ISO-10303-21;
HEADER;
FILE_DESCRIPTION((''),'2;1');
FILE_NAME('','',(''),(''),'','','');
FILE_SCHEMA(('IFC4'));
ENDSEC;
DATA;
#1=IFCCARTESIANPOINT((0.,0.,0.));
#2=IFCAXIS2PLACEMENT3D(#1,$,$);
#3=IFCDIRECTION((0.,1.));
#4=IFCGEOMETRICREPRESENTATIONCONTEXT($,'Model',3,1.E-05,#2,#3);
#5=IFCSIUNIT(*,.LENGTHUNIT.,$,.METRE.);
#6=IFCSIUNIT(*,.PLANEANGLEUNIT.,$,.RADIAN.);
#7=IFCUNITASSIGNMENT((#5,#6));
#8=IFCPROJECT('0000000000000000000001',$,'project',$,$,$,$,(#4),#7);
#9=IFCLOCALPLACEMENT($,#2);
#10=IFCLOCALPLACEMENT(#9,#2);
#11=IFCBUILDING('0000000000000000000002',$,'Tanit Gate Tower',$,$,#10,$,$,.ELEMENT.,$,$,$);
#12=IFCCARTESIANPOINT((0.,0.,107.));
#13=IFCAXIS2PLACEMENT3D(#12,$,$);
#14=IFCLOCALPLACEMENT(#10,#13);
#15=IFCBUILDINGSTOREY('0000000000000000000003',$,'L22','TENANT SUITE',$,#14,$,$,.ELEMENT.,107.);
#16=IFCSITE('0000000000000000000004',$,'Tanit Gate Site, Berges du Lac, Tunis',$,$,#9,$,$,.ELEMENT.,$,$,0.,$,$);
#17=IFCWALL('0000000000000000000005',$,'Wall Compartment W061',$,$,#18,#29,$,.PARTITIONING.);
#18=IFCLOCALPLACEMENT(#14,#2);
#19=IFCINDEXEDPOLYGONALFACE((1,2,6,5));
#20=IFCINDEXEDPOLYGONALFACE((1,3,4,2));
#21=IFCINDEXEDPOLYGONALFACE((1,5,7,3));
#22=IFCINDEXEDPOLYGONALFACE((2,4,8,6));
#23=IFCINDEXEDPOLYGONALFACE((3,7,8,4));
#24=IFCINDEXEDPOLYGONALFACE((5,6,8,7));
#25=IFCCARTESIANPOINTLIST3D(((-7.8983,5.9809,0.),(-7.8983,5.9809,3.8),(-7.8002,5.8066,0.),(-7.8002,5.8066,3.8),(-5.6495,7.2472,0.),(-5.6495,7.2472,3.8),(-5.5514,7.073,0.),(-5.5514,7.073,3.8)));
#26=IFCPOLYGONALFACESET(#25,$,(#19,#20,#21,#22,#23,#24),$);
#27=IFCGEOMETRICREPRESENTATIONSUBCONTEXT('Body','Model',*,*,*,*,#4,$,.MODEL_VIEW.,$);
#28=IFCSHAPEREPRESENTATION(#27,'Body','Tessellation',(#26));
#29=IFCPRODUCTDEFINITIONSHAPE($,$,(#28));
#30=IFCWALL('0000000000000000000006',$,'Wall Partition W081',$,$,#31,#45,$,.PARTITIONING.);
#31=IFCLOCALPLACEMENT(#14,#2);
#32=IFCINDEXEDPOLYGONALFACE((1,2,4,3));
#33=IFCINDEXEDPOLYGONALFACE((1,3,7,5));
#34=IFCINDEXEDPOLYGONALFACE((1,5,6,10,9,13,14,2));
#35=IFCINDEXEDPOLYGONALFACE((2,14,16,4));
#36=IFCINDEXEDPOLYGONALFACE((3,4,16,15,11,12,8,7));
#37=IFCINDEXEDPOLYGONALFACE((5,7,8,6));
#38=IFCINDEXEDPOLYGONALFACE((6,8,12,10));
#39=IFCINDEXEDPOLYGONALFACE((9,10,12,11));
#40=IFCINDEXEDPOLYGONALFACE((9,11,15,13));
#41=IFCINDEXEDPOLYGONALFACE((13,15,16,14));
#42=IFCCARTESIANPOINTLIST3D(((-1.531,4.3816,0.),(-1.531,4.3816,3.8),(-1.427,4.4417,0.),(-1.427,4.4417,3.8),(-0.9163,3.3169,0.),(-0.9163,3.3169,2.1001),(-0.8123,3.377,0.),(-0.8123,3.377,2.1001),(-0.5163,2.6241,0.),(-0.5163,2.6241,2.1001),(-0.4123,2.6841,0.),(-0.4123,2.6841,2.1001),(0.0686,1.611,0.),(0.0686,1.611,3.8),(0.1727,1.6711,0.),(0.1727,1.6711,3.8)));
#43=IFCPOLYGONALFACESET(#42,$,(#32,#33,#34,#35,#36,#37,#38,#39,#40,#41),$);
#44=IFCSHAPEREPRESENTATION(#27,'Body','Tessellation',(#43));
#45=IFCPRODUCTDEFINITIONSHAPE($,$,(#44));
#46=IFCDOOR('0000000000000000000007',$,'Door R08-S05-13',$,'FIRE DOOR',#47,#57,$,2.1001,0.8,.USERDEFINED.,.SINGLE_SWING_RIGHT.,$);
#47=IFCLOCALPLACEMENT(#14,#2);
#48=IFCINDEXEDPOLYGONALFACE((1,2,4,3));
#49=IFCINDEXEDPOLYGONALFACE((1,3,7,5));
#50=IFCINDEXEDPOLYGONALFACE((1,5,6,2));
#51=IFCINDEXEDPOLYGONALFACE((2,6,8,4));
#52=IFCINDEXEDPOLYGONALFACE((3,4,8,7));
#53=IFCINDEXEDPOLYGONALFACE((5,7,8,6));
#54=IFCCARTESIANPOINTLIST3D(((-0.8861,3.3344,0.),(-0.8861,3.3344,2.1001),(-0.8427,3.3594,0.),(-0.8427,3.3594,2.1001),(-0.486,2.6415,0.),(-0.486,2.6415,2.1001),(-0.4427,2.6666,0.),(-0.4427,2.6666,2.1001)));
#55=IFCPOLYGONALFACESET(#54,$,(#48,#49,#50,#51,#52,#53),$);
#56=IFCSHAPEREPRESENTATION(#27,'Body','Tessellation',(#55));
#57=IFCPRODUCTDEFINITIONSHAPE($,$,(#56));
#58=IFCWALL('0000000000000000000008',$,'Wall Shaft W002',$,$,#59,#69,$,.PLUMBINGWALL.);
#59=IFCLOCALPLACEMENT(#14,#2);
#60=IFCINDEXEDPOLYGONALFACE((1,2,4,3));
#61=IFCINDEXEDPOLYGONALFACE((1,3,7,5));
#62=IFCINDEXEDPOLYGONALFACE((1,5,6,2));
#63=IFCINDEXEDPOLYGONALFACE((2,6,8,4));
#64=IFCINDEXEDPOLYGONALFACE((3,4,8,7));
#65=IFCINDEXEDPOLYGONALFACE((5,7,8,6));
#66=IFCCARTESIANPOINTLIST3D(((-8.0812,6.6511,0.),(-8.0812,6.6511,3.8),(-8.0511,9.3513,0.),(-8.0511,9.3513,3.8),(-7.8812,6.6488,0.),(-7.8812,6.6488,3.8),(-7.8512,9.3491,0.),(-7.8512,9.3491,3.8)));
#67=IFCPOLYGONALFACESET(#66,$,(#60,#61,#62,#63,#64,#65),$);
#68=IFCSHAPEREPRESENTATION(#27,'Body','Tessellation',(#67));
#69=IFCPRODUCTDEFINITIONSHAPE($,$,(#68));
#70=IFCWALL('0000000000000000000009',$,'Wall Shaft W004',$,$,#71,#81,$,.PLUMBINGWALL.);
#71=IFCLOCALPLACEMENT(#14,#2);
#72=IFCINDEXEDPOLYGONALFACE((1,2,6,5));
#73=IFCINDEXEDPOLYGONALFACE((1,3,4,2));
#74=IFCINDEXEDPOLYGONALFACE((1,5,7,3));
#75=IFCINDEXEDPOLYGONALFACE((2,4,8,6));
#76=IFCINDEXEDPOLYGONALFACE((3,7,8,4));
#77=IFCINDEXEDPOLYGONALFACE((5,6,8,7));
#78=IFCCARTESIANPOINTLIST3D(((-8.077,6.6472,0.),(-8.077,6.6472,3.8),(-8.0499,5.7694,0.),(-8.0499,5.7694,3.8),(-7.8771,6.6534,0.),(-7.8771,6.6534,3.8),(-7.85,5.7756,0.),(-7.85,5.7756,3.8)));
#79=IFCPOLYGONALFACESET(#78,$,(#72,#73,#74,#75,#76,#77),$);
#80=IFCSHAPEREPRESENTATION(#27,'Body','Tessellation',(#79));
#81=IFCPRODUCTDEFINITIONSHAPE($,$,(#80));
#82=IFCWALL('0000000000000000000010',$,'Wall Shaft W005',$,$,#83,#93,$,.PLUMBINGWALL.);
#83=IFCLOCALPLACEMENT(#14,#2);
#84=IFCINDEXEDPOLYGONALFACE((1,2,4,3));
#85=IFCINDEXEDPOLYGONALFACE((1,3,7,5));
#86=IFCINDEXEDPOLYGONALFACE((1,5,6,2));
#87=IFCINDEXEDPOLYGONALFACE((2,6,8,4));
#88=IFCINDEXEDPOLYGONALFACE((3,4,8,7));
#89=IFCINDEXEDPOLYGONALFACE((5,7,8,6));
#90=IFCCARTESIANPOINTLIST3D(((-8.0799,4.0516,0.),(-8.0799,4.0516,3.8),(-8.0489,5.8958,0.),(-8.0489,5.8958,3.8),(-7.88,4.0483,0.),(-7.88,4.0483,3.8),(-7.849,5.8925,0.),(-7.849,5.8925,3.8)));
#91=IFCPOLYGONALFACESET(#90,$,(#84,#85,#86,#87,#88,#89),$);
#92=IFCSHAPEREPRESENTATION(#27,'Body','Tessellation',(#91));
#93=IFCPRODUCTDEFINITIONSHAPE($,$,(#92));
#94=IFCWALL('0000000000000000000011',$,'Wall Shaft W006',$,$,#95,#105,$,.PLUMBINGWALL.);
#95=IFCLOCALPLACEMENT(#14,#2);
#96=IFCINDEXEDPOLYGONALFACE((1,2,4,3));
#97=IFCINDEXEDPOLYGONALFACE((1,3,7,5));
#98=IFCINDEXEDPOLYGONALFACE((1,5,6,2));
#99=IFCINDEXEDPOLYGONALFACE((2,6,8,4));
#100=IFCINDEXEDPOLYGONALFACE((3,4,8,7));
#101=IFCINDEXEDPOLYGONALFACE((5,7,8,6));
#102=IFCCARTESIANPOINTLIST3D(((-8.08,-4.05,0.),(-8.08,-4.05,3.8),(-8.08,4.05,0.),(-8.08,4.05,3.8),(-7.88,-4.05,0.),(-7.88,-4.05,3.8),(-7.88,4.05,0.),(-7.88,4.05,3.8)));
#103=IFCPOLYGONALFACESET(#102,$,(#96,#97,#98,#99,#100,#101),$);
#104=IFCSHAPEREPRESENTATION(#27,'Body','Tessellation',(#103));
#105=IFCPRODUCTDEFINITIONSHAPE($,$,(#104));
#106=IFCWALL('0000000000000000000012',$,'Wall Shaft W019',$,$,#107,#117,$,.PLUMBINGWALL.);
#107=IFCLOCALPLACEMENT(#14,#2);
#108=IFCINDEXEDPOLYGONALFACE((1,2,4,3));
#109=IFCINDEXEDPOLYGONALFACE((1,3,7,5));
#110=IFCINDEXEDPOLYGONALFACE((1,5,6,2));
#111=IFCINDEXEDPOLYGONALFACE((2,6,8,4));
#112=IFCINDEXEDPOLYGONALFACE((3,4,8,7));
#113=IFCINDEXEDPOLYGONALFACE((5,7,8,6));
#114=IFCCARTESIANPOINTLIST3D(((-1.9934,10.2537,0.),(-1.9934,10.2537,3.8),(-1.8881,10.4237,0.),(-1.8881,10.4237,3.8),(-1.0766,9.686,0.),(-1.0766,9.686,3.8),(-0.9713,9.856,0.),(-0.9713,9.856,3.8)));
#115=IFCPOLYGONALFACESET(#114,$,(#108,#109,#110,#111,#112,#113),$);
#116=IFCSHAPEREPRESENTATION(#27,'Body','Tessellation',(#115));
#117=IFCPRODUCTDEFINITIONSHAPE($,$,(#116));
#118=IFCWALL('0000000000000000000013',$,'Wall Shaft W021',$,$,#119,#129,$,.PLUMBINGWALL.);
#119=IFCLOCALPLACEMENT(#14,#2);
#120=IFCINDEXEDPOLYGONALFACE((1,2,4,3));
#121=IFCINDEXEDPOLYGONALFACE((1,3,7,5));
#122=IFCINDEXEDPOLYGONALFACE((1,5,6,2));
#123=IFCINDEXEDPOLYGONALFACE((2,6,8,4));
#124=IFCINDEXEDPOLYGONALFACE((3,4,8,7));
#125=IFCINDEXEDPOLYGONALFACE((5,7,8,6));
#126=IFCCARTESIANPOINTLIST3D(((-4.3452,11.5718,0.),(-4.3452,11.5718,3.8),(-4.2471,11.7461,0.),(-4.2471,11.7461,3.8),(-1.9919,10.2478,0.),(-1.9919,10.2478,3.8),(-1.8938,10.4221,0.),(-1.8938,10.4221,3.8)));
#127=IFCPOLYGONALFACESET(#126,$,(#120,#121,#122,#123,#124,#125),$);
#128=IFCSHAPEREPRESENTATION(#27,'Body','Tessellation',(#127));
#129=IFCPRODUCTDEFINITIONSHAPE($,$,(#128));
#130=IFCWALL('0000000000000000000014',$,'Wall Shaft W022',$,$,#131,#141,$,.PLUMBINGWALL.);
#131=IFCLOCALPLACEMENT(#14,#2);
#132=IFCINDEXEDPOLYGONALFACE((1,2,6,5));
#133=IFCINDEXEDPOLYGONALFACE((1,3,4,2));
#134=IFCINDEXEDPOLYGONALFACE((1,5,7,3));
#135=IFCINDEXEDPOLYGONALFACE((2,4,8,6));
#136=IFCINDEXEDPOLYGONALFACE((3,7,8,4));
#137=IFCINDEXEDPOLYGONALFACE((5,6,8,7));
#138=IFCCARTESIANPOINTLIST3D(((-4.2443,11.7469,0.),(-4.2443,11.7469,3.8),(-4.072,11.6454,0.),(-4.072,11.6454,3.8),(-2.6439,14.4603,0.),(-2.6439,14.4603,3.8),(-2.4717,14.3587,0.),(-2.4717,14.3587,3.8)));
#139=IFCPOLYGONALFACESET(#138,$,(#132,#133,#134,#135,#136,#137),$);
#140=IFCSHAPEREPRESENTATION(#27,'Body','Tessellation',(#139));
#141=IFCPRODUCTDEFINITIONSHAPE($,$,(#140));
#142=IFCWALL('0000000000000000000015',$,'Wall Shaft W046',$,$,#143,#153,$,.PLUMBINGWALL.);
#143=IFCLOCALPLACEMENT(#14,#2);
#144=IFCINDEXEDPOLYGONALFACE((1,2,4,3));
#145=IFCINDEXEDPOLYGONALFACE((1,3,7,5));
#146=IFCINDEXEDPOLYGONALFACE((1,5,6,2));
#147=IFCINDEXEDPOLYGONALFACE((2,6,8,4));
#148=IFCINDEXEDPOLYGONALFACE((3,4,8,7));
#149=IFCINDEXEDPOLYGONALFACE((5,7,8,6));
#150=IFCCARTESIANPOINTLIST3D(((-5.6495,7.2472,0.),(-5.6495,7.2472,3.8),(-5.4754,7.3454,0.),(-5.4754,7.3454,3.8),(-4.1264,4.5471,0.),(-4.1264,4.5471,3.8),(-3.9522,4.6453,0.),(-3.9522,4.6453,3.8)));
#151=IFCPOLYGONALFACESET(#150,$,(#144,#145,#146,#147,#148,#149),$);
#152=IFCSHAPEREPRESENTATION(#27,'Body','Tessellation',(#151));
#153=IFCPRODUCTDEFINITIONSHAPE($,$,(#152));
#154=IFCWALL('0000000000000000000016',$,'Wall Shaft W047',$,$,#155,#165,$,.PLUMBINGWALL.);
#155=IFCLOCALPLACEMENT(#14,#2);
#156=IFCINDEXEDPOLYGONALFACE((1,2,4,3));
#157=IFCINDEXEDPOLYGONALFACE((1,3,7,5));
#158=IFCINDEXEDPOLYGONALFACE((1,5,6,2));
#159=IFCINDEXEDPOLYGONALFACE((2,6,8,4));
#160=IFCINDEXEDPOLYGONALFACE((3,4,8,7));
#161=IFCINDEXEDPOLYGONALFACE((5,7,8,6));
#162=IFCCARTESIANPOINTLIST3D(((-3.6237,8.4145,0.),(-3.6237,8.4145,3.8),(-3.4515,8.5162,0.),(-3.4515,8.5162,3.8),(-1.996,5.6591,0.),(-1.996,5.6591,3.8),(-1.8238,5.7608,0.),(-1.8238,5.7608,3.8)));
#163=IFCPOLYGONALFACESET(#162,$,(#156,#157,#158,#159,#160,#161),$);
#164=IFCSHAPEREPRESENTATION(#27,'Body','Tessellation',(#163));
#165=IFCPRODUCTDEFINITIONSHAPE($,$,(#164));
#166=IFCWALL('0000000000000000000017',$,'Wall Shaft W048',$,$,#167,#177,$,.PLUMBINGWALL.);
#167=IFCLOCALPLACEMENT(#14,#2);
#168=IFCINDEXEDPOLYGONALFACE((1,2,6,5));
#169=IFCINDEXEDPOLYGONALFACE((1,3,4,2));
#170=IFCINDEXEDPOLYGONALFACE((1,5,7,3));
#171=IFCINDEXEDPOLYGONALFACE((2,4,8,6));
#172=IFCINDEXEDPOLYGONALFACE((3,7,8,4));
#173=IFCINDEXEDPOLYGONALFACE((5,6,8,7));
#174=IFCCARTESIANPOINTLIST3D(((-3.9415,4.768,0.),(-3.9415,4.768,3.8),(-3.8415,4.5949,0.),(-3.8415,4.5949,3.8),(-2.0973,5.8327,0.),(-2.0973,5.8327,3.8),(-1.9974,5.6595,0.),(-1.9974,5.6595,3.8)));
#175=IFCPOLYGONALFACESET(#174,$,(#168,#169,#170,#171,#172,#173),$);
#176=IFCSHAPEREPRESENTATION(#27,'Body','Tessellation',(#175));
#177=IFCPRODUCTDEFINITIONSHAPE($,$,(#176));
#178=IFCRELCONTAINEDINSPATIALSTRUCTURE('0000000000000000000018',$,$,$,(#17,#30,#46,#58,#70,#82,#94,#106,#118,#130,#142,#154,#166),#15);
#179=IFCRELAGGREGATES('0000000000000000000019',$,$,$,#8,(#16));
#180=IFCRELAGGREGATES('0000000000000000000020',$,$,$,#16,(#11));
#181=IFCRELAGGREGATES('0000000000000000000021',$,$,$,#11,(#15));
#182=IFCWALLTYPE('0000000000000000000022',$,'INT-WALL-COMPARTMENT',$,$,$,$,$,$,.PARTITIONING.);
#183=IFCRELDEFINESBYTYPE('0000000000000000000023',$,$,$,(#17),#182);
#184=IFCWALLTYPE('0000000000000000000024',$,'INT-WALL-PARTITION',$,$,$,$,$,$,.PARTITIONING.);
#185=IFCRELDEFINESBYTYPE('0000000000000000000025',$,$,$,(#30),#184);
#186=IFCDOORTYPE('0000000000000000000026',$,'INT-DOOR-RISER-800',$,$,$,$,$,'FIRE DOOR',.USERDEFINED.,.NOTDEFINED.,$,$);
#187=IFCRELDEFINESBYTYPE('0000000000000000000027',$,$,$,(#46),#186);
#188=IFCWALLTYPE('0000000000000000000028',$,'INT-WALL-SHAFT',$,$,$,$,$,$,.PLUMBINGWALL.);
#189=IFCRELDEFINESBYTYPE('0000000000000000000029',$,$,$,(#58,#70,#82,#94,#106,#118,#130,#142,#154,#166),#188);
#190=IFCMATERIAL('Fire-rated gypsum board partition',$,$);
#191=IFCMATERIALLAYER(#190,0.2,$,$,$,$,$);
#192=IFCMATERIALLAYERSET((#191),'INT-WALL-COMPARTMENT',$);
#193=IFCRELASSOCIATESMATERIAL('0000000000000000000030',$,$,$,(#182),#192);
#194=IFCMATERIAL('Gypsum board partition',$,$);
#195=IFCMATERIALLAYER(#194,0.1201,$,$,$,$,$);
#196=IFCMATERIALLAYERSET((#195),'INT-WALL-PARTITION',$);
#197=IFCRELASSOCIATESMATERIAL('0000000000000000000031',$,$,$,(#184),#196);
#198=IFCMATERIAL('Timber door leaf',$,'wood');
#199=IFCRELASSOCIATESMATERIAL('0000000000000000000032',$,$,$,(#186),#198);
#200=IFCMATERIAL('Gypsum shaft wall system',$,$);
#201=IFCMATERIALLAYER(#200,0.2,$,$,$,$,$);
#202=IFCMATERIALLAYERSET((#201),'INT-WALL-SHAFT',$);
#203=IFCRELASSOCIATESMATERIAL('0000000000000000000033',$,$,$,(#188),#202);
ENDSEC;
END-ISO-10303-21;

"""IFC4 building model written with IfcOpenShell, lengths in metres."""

from ifc_helpers import new_model, si_unit, direction, frame, frame_2d, origin, place, context, subcontext, project, spatial, rectangle, extrude, material, layer, layer_set, type_object, element, fill, save


model = new_model("IFC4")

# Units and contexts
model_context = context("Model", 3, precision=1e-05, world=origin(), true_north=direction((0.0, 1.0)))
body_context = subcontext(model_context, "Body", "Model", "MODEL_VIEW")
ifc_project = project(units=[si_unit("LENGTHUNIT", "METRE"), si_unit("PLANEANGLEUNIT", "RADIAN")], contexts=[model_context])

# Site, building, storey
site_placement = place(None, origin())
site = spatial("IfcSite", under=ifc_project, at=site_placement, Name="Tanit Gate Site, Berges du Lac, Tunis", CompositionType="ELEMENT", RefElevation=0.0)
building_placement = place(site_placement, origin())
building = spatial("IfcBuilding", under=site, at=building_placement, Name="Tanit Gate Tower", CompositionType="ELEMENT")
storey_placement = place(building_placement, frame((0.0, 0.0, 107.0)))
storey = spatial("IfcBuildingStorey", under=building, at=storey_placement, Name="L22", Description="TENANT SUITE", CompositionType="ELEMENT", Elevation=107.0)

# Wall
ifc_material_1 = material(Name="Fire-rated gypsum board partition")
ifc_layer_1 = layer(ifc_material_1, 0.2)
ifc_layer_set_1 = layer_set([ifc_layer_1], Name="INT-WALL-COMPARTMENT")
wall_type_1 = type_object("IfcWallType", Name="INT-WALL-COMPARTMENT", PredefinedType="PARTITIONING", material=ifc_layer_set_1)
wall_1_placement = place(storey_placement, frame((-5.6003, 7.1602, 0.0), z_axis=(0.0, 0.0, 1.0), x_axis=(-0.87134, -0.490679, 0.0)))
element("IfcWall", 1, at=wall_1_placement, inside=storey, type_object=wall_type_1, Name="Wall Compartment W061", PredefinedType="PARTITIONING", context=body_context, shape_type="SweptSolid", body=[
    extrude(rectangle(XDim=2.5808, YDim=0.2, at=frame_2d((1.2905, 0.0))), origin(), (0.0, 0.0, 1.0), 3.8),
])

# Wall, opening, door
ifc_material_2 = material(Name="Gypsum board partition")
ifc_layer_2 = layer(ifc_material_2, 0.1201)
ifc_layer_set_2 = layer_set([ifc_layer_2], Name="INT-WALL-PARTITION")
wall_type_2 = type_object("IfcWallType", Name="INT-WALL-PARTITION", PredefinedType="PARTITIONING", material=ifc_layer_set_2)
wall_2_placement = place(storey_placement, frame((-1.479, 4.4116, 0.0), z_axis=(0.0, 0.0, 1.0), x_axis=(0.500013, -0.866018, 0.0)))
wall_2 = element("IfcWall", 2, at=wall_2_placement, inside=storey, type_object=wall_type_2, Name="Wall Partition W081", PredefinedType="PARTITIONING", context=body_context, shape_type="SweptSolid", body=[
    extrude(rectangle(XDim=3.1992, YDim=0.1201, at=frame_2d((1.5996, 0.0))), origin(), (0.0, 0.0, 1.0), 3.8),
])
opening_1_placement = place(wall_2_placement, frame((1.2295, 0.0, 0.0)))
opening_1 = element("IfcOpeningElement", 3, at=opening_1_placement, cuts=wall_2, PredefinedType="OPENING", context=body_context, shape_type="SweptSolid", body=[
    extrude(rectangle(XDim=0.8, YDim=2.1001, at=frame_2d((0.3999, 1.05))), frame((0.0, 0.0701, 0.0), z_axis=(0.0, -1.0, 0.0), x_axis=(1.0, 0.0, 0.0)), (0.0, 0.0, 1.0), 0.1401),
])
ifc_material_3 = material(Name="Timber door leaf", Category="wood")
door_type_1 = type_object("IfcDoorType", Name="INT-DOOR-RISER-800", ElementType="FIRE DOOR", OperationType="NOTDEFINED", PredefinedType="USERDEFINED", material=ifc_material_3)
door_1_placement = place(opening_1_placement, origin())
door_1 = element("IfcDoor", 4, at=door_1_placement, inside=storey, type_object=door_type_1, Name="Door R08-S05-13", ObjectType="FIRE DOOR", OperationType="SINGLE_SWING_RIGHT", OverallHeight=2.1001, OverallWidth=0.8, PredefinedType="USERDEFINED", context=body_context, shape_type="SweptSolid", body=[
    extrude(rectangle(XDim=0.8, YDim=2.1001, at=frame_2d((0.3999, 1.05))), frame((0.0, 0.0249, 0.0), z_axis=(0.0, -1.0, 0.0), x_axis=(1.0, 0.0, 0.0)), (0.0, 0.0, 1.0), 0.05),
])
fill(opening_1, door_1)

# Walls
ifc_material_4 = material(Name="Gypsum shaft wall system")
ifc_layer_3 = layer(ifc_material_4, 0.2)
ifc_layer_set_3 = layer_set([ifc_layer_3], Name="INT-WALL-SHAFT")
wall_type_3 = type_object("IfcWallType", Name="INT-WALL-SHAFT", PredefinedType="PLUMBINGWALL", material=ifc_layer_set_3)
wall_3_placement = place(storey_placement, frame((-7.9512, 9.3501, 0.0), z_axis=(0.0, 0.0, 1.0), x_axis=(-0.01112, -0.999938, 0.0)))
element("IfcWall", 5, at=wall_3_placement, inside=storey, type_object=wall_type_3, Name="Wall Shaft W002", PredefinedType="PLUMBINGWALL", context=body_context, shape_type="SweptSolid", body=[
    extrude(rectangle(XDim=2.7004, YDim=0.2, at=frame_2d((1.3501, 0.0))), origin(), (0.0, 0.0, 1.0), 3.8),
])
wall_4_placement = place(storey_placement, frame((-7.9771, 6.6501, 0.0), z_axis=(0.0, 0.0, 1.0), x_axis=(0.030862, -0.999524, 0.0)))
element("IfcWall", 6, at=wall_4_placement, inside=storey, type_object=wall_type_3, Name="Wall Shaft W004", PredefinedType="PLUMBINGWALL", context=body_context, shape_type="SweptSolid", body=[
    extrude(rectangle(XDim=0.8782, YDim=0.2, at=frame_2d((0.439, 0.0))), origin(), (0.0, 0.0, 1.0), 3.8),
])
wall_5_placement = place(storey_placement, frame((-7.949, 5.8943, 0.0), z_axis=(0.0, 0.0, 1.0), x_axis=(-0.01681, -0.999859, 0.0)))
element("IfcWall", 7, at=wall_5_placement, inside=storey, type_object=wall_type_3, Name="Wall Shaft W005", PredefinedType="PLUMBINGWALL", context=body_context, shape_type="SweptSolid", body=[
    extrude(rectangle(XDim=1.8445, YDim=0.2, at=frame_2d((0.9224, 0.0))), origin(), (0.0, 0.0, 1.0), 3.8),
])
wall_6_placement = place(storey_placement, frame((-7.98, 4.05, 0.0), z_axis=(0.0, 0.0, 1.0), x_axis=(0.0, -1.0, 0.0)))
element("IfcWall", 8, at=wall_6_placement, inside=storey, type_object=wall_type_3, Name="Wall Shaft W006", PredefinedType="PLUMBINGWALL", context=body_context, shape_type="SweptSolid", body=[
    extrude(rectangle(XDim=8.1001, YDim=0.2, at=frame_2d((4.05, 0.0))), origin(), (0.0, 0.0, 1.0), 3.8),
])
wall_7_placement = place(storey_placement, frame((-1.9407, 10.3386, 0.0), z_axis=(0.0, 0.0, 1.0), x_axis=(0.850217, -0.526433, 0.0)))
element("IfcWall", 9, at=wall_7_placement, inside=storey, type_object=wall_type_3, Name="Wall Shaft W019", PredefinedType="PLUMBINGWALL", context=body_context, shape_type="SweptSolid", body=[
    extrude(rectangle(XDim=1.0784, YDim=0.2, at=frame_2d((0.5391, 0.0))), origin(), (0.0, 0.0, 1.0), 3.8),
])
wall_8_placement = place(storey_placement, frame((-4.2961, 11.6589, 0.0), z_axis=(0.0, 0.0, 1.0), x_axis=(0.871534, -0.490334, 0.0)))
element("IfcWall", 10, at=wall_8_placement, inside=storey, type_object=wall_type_3, Name="Wall Shaft W021", PredefinedType="PLUMBINGWALL", context=body_context, shape_type="SweptSolid", body=[
    extrude(rectangle(XDim=2.7002, YDim=0.2, at=frame_2d((1.3501, 0.0))), origin(), (0.0, 0.0, 1.0), 3.8),
])
wall_9_placement = place(storey_placement, frame((-4.1582, 11.696, 0.0), z_axis=(0.0, 0.0, 1.0), x_axis=(0.508019, 0.861346, 0.0)))
element("IfcWall", 11, at=wall_9_placement, inside=storey, type_object=wall_type_3, Name="Wall Shaft W022", PredefinedType="PLUMBINGWALL", context=body_context, shape_type="SweptSolid", body=[
    extrude(rectangle(XDim=3.1501, YDim=0.2, at=frame_2d((1.5752, 0.0))), origin(), (0.0, 0.0, 1.0), 3.8),
])

# Walls
wall_10_placement = place(storey_placement, frame((-4.0393, 4.5962, 0.0), z_axis=(0.0, 0.0, 1.0), x_axis=(-0.491323, 0.870978, 0.0)))
element("IfcWall", 12, at=wall_10_placement, inside=storey, type_object=wall_type_3, Name="Wall Shaft W046", PredefinedType="PLUMBINGWALL", context=body_context, shape_type="SweptSolid", body=[
    extrude(rectangle(XDim=3.1001, YDim=0.2, at=frame_2d((1.55, 0.0))), origin(), (0.0, 0.0, 1.0), 3.8),
])
wall_11_placement = place(storey_placement, frame((-3.5376, 8.4653, 0.0), z_axis=(0.0, 0.0, 1.0), x_axis=(0.508616, -0.860993, 0.0)))
element("IfcWall", 13, at=wall_11_placement, inside=storey, type_object=wall_type_3, Name="Wall Shaft W047", PredefinedType="PLUMBINGWALL", context=body_context, shape_type="SweptSolid", body=[
    extrude(rectangle(XDim=3.2002, YDim=0.2, at=frame_2d((1.6001, 0.0))), origin(), (0.0, 0.0, 1.0), 3.8),
])
wall_12_placement = place(storey_placement, frame((-2.0474, 5.7461, 0.0), z_axis=(0.0, 0.0, 1.0), x_axis=(-0.86604, -0.499974, 0.0)))
element("IfcWall", 14, at=wall_12_placement, inside=storey, type_object=wall_type_3, Name="Wall Shaft W048", PredefinedType="PLUMBINGWALL", context=body_context, shape_type="SweptSolid", body=[
    extrude(rectangle(XDim=2.1294, YDim=0.2, at=frame_2d((1.0647, 0.0))), origin(), (0.0, 0.0, 1.0), 3.8),
])

save(model, "model.ifc")
